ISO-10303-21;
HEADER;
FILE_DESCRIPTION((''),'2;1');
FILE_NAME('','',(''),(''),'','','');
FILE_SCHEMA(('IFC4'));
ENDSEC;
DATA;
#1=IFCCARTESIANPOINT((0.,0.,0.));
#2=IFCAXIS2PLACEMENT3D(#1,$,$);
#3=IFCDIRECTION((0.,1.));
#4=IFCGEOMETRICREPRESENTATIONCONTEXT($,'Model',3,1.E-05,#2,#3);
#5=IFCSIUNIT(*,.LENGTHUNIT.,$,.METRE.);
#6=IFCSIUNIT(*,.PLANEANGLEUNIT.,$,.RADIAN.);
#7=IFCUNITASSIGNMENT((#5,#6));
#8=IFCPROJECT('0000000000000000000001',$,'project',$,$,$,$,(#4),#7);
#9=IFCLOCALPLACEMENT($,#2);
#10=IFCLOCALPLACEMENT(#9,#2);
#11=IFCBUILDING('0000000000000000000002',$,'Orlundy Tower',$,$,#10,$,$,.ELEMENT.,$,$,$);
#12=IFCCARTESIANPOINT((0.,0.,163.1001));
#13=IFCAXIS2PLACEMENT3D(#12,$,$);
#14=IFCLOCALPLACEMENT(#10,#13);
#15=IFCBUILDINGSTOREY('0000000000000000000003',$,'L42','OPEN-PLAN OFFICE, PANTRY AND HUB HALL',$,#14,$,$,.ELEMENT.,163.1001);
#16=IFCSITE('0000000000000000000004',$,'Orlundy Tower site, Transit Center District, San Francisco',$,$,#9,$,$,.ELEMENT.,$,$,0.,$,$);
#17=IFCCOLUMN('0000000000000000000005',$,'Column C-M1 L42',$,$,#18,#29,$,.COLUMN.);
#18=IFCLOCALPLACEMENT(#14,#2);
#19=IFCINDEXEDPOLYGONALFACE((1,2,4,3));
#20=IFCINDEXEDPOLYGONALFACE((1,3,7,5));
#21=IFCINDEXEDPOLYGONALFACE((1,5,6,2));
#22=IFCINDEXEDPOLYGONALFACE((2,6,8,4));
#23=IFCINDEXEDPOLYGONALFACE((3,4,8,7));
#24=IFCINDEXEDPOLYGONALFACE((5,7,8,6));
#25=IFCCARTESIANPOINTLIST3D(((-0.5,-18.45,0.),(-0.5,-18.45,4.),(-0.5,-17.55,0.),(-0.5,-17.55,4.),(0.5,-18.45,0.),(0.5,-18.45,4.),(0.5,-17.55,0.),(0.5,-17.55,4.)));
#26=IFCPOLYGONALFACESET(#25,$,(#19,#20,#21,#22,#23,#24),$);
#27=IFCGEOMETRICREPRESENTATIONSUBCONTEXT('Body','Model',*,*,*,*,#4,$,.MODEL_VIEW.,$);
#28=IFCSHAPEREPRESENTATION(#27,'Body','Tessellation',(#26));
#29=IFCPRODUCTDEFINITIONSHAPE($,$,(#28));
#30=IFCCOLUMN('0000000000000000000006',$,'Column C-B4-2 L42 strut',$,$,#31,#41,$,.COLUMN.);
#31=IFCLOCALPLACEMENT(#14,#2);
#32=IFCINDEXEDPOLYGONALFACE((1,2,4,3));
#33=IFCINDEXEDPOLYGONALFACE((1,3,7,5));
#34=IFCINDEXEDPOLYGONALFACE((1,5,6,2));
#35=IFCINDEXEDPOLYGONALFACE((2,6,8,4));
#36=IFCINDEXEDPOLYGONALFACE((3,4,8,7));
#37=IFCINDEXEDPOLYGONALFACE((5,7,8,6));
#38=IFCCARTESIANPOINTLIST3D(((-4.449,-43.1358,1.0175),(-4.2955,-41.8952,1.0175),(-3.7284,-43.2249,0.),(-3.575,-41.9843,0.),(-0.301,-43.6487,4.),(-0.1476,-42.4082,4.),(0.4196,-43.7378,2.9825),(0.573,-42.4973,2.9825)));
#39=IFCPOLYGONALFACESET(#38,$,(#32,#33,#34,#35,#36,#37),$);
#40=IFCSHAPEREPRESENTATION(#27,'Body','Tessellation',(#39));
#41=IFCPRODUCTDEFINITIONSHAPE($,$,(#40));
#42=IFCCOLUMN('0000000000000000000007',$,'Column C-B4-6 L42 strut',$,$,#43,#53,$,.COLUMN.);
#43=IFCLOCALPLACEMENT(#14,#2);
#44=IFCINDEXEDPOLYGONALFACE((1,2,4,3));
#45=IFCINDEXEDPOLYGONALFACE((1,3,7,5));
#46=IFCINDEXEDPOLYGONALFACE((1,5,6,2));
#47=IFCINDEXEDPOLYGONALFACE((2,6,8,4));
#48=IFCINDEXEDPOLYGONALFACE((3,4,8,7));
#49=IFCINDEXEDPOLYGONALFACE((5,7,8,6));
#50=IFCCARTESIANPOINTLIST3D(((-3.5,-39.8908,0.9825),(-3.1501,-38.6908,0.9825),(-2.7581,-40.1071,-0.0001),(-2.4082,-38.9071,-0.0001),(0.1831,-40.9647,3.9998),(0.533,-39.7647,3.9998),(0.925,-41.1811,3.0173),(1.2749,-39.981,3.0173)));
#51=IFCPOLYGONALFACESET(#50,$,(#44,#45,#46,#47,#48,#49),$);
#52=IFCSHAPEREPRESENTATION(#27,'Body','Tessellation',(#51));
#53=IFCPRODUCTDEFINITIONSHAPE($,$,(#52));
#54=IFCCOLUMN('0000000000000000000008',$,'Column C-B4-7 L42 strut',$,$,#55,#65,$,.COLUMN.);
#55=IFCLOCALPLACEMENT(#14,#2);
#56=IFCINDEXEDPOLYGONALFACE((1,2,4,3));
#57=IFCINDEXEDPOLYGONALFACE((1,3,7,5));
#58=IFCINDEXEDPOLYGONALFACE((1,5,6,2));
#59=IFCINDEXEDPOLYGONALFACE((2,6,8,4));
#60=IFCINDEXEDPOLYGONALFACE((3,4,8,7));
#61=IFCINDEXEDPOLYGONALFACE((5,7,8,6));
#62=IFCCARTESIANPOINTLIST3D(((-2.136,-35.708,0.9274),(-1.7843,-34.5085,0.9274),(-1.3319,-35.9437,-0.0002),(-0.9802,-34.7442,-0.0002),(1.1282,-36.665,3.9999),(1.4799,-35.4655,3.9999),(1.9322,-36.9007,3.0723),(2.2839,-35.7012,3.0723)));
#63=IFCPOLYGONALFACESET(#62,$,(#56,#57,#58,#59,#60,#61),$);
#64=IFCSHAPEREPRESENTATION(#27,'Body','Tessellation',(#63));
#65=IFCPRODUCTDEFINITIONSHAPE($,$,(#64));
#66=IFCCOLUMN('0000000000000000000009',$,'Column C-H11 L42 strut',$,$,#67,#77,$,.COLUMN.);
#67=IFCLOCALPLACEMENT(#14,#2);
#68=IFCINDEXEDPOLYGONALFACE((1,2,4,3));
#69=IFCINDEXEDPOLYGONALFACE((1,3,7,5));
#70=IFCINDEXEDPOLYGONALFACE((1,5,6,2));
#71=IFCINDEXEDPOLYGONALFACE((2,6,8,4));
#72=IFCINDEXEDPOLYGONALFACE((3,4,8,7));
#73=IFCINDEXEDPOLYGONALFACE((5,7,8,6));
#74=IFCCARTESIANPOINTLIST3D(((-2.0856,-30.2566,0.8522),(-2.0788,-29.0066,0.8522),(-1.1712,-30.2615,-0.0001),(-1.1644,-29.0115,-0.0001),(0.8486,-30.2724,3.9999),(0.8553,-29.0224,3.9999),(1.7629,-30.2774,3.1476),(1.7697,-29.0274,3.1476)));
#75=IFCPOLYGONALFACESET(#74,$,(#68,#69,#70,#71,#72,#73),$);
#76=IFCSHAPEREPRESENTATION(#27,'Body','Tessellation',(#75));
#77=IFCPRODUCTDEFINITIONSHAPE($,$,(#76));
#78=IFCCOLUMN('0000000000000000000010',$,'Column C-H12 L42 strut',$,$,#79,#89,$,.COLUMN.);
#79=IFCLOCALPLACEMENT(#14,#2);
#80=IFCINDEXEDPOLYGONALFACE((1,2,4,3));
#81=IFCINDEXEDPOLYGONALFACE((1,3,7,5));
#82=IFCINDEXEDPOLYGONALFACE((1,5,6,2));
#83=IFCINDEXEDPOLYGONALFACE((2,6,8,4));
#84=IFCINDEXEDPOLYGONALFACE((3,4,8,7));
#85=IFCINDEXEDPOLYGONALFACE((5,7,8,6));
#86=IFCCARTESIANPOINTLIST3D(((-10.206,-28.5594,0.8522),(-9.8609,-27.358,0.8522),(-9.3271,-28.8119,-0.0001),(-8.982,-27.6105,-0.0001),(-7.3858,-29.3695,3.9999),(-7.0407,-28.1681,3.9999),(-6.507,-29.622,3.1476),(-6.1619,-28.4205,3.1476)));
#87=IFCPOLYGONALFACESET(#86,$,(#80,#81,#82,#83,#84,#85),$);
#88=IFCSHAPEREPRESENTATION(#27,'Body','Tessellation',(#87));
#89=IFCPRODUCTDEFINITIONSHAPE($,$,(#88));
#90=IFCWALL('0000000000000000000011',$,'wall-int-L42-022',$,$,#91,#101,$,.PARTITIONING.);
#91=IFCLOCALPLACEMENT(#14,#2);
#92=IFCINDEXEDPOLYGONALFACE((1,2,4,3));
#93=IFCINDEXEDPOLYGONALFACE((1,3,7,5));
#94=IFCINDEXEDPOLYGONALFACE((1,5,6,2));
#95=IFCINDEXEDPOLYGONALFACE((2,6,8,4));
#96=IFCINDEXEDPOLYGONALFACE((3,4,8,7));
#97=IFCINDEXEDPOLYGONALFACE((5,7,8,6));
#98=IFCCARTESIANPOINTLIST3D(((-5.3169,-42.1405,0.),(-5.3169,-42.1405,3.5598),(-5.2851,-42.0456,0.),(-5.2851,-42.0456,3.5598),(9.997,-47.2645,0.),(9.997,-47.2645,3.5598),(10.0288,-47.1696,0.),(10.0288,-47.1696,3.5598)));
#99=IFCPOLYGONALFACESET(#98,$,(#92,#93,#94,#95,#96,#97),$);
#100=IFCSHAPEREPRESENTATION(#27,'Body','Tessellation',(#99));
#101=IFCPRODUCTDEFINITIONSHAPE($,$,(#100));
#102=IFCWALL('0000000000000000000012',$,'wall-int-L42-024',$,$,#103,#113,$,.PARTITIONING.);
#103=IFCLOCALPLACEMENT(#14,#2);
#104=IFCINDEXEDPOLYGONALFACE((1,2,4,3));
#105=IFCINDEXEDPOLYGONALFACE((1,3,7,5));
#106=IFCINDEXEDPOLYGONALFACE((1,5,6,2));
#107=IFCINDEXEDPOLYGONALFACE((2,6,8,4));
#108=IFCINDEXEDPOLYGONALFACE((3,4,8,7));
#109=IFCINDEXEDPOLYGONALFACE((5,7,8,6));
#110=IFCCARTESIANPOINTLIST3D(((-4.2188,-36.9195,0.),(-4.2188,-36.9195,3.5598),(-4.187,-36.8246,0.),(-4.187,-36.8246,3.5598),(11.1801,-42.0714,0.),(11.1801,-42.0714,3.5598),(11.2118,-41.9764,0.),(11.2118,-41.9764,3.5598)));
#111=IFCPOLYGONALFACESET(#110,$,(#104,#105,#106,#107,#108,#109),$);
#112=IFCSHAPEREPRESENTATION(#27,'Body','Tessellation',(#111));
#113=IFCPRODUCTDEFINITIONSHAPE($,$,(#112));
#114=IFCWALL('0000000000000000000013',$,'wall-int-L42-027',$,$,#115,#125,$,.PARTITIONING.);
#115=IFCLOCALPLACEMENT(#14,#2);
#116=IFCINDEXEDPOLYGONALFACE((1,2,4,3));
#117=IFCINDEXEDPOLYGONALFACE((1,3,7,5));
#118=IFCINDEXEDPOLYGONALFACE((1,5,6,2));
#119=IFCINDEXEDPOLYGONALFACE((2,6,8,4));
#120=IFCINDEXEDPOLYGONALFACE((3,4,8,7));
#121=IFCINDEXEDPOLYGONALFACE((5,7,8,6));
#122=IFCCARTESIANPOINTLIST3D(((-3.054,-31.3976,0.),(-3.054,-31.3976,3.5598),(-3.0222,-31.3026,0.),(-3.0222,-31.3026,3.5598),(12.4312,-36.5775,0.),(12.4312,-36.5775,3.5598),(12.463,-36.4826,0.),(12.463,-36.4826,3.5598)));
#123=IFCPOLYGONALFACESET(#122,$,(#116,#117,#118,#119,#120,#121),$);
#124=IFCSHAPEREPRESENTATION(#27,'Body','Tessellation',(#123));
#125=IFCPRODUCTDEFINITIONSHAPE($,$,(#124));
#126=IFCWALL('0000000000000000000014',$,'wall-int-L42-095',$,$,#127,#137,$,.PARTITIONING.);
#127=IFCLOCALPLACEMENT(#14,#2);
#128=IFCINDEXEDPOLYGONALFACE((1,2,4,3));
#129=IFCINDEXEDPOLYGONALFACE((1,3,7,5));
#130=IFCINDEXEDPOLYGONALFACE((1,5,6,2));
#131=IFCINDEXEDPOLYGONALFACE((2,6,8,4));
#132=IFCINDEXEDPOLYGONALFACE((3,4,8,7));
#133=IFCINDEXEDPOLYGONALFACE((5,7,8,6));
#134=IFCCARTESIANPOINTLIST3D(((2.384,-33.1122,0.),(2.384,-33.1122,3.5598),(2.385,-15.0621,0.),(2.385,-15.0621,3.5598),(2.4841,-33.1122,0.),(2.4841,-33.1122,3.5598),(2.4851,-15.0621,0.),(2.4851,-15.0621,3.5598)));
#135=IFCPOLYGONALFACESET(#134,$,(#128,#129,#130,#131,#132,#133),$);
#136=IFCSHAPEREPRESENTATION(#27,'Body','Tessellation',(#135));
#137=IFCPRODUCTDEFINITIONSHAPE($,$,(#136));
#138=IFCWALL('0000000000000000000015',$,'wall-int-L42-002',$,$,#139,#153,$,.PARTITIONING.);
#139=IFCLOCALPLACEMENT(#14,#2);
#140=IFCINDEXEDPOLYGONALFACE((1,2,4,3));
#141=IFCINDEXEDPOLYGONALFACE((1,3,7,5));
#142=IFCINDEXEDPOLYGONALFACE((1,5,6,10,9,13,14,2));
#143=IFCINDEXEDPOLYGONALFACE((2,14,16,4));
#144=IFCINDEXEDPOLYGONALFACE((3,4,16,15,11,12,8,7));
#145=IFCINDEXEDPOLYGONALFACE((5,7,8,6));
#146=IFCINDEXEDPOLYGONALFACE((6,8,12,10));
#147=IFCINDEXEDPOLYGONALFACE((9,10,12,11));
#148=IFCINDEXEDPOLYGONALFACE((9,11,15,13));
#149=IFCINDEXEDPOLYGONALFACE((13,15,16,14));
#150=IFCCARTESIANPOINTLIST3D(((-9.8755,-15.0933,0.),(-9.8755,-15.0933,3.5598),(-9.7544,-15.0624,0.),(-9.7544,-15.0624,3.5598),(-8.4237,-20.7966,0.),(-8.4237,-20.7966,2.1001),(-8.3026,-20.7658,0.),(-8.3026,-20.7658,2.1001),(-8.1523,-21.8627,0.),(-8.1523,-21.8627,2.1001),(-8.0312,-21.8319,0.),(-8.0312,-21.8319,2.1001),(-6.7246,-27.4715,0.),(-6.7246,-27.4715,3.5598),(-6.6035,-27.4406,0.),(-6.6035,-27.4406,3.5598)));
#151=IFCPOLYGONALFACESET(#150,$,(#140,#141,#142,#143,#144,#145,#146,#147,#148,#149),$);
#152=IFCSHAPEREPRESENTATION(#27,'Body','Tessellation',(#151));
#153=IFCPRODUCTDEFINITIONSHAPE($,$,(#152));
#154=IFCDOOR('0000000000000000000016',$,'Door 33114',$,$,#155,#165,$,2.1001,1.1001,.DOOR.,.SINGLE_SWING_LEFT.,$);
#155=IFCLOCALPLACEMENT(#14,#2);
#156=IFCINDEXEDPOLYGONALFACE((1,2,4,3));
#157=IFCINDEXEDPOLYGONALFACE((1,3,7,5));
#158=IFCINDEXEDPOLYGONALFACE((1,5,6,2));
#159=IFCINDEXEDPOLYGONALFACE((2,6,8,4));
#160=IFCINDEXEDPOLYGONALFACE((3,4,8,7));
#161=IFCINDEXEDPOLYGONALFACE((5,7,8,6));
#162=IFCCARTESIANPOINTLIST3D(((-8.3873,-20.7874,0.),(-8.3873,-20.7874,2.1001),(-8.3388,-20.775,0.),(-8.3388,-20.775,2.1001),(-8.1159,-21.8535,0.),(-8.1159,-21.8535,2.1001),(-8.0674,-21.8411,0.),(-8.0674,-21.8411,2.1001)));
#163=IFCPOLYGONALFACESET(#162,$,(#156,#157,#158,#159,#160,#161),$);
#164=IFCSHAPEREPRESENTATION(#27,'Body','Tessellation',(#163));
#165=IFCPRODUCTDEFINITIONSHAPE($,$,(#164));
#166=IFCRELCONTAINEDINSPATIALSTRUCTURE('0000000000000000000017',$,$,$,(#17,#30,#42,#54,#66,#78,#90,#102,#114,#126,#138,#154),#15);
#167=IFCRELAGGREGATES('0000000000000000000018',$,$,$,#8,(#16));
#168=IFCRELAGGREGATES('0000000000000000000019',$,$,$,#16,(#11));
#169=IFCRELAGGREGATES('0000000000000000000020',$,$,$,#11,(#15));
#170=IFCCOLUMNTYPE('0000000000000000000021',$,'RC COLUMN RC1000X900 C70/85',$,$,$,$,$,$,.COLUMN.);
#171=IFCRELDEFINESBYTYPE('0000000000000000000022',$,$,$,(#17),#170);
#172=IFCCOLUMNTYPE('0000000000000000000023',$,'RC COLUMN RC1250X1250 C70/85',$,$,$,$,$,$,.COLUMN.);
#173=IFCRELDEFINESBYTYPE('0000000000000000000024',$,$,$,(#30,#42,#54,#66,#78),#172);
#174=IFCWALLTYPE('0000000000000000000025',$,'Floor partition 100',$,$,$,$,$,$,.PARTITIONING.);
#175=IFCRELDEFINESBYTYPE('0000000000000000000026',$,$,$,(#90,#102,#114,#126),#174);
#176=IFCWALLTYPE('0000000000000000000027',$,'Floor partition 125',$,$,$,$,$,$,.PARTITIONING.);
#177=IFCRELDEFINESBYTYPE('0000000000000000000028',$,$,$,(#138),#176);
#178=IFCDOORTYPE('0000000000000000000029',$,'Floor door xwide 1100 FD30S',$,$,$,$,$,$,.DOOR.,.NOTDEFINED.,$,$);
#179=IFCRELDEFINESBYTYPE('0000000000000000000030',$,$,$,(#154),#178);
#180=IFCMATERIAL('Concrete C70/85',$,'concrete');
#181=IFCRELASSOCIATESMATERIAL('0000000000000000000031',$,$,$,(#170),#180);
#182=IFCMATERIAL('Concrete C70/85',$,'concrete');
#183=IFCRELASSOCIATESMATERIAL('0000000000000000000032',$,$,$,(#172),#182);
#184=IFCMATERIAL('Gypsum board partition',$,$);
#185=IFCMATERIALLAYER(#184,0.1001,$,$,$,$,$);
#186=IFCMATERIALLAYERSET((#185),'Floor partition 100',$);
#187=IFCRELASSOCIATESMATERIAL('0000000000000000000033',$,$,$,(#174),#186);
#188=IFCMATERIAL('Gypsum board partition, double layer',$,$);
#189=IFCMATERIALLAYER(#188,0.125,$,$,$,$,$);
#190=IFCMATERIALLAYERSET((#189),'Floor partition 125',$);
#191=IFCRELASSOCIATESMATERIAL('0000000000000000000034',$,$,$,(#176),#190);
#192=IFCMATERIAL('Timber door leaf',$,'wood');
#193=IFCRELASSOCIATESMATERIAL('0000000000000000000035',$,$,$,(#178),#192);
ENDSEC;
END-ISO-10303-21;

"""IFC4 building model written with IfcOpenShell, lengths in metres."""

from ifc_helpers import new_model, si_unit, direction, frame, frame_2d, origin, origin_2d, place, context, subcontext, project, spatial, rectangle, extrude, material, layer, layer_set, material_profile, profile_set, type_object, element, fill, save


model = new_model("IFC4")

# Units and contexts
model_context = context("Model", 3, precision=1e-05, world=origin(), true_north=direction((0.0, 1.0)))
body_context = subcontext(model_context, "Body", "Model", "MODEL_VIEW")
ifc_project = project(units=[si_unit("LENGTHUNIT", "METRE"), si_unit("PLANEANGLEUNIT", "RADIAN")], contexts=[model_context])

# Site, building, storey
site_placement = place(None, origin())
site = spatial("IfcSite", under=ifc_project, at=site_placement, Name="Orlundy Tower site, Transit Center District, San Francisco", CompositionType="ELEMENT", RefElevation=0.0)
building_placement = place(site_placement, origin())
building = spatial("IfcBuilding", under=site, at=building_placement, Name="Orlundy Tower", CompositionType="ELEMENT")
storey_placement = place(building_placement, frame((0.0, 0.0, 163.1001)))
storey = spatial("IfcBuildingStorey", under=building, at=storey_placement, Name="L42", Description="OPEN-PLAN OFFICE, PANTRY AND HUB HALL", CompositionType="ELEMENT", Elevation=163.1001)

# Columns
ifc_material_1 = material(Name="Concrete C70/85", Category="concrete")
ifc_material_profile_1 = material_profile(ifc_material_1, rectangle(XDim=1.0, YDim=0.8999, at=origin_2d()), Name="RC1000X900")
ifc_profile_set_1 = profile_set([ifc_material_profile_1], Name="Concrete C70/85")
column_type_1 = type_object("IfcColumnType", Name="RC COLUMN RC1000X900 C70/85", PredefinedType="COLUMN", material=ifc_profile_set_1)
column_1_placement = place(storey_placement, frame((0.0, -18.0, 0.0), z_axis=(0.0, 0.0, 1.0), x_axis=(1.0, 0.0, 0.0)))
element("IfcColumn", 1, at=column_1_placement, inside=storey, type_object=column_type_1, Name="Column C-M1 L42", PredefinedType="COLUMN", context=body_context, shape_type="SweptSolid", body=[
    extrude(rectangle(XDim=1.0, YDim=0.8999, at=origin_2d()), origin(), (0.0, 0.0, 1.0), 4.0),
])
ifc_material_2 = material(Name="Concrete C70/85", Category="concrete")
ifc_material_profile_2 = material_profile(ifc_material_2, rectangle(XDim=1.25, YDim=1.25, at=origin_2d()), Name="RC1250X1250")
ifc_profile_set_2 = profile_set([ifc_material_profile_2], Name="Concrete C70/85")
column_type_2 = type_object("IfcColumnType", Name="RC COLUMN RC1250X1250 C70/85", PredefinedType="COLUMN", material=ifc_profile_set_2)
column_2_placement = place(storey_placement, frame((-4.012, -42.5601, 0.5088), z_axis=(0.807853, -0.0999, 0.580856), x_axis=(0.122726, 0.992441, 0.0)))
element("IfcColumn", 2, at=column_2_placement, inside=storey, type_object=column_type_2, Name="Column C-B4-2 L42 strut", PredefinedType="COLUMN", context=body_context, shape_type="SweptSolid", body=[
    extrude(rectangle(XDim=1.25, YDim=1.25, at=origin_2d()), origin(), (0.0, 0.0, 1.0), 5.1345),
])
column_3_placement = place(storey_placement, frame((-2.9541, -39.3989, 0.4912), z_axis=(0.754599, -0.220037, 0.618195), x_axis=(0.279936, 0.960019, 0.0)))
element("IfcColumn", 3, at=column_3_placement, inside=storey, type_object=column_type_2, Name="Column C-B4-6 L42 strut", PredefinedType="COLUMN", context=body_context, shape_type="SweptSolid", body=[
    extrude(rectangle(XDim=1.25, YDim=1.25, at=origin_2d()), origin(), (0.0, 0.0, 1.0), 4.8809),
])
column_4_placement = place(storey_placement, frame((-1.5581, -35.2261, 0.4636), z_axis=(0.712112, -0.208787, 0.670302), x_axis=(0.28135, 0.959605, 0.0)))
element("IfcColumn", 4, at=column_4_placement, inside=storey, type_object=column_type_2, Name="Column C-B4-7 L42 strut", PredefinedType="COLUMN", context=body_context, shape_type="SweptSolid", body=[
    extrude(rectangle(XDim=1.25, YDim=1.25, at=origin_2d()), origin(), (0.0, 0.0, 1.0), 4.5837),
])
for number, where, z_axis, x_axis, name in (
    (5, (-1.625, -29.634, 0.426), (0.681844, -0.003688, 0.731488), (0.005408, 0.999985, 0.0), "Column C-H11 L42 strut"),
    (6, (-9.594, -28.085, 0.426), (0.655351, -0.188248, 0.73149), (0.276084, 0.961134, 0.0), "Column C-H12 L42 strut"),
):
    element("IfcColumn", number, at=place(storey_placement, frame(where, z_axis=z_axis, x_axis=x_axis)), inside=storey, type_object=column_type_2, Name=name, PredefinedType="COLUMN", context=body_context, shape_type="SweptSolid", body=[
        extrude(rectangle(XDim=1.25, YDim=1.25, at=origin_2d()), origin(), (0.0, 0.0, 1.0), 4.3032),
    ])

# Walls
ifc_material_3 = material(Name="Gypsum board partition")
ifc_layer_1 = layer(ifc_material_3, 0.1001)
ifc_layer_set_1 = layer_set([ifc_layer_1], Name="Floor partition 100")
wall_type_1 = type_object("IfcWallType", Name="Floor partition 100", PredefinedType="PARTITIONING", material=ifc_layer_set_1)
wall_1_placement = place(storey_placement, frame((-5.301, -42.093, 0.0), z_axis=(0.0, 0.0, 1.0), x_axis=(0.948323, -0.317307, 0.0)))
element("IfcWall", 7, at=wall_1_placement, inside=storey, type_object=wall_type_1, Name="wall-int-L42-022", PredefinedType="PARTITIONING", context=body_context, shape_type="SweptSolid", body=[
    extrude(rectangle(XDim=16.1484, YDim=0.1001, at=frame_2d((8.0742, 0.0))), origin(), (0.0, 0.0, 1.0), 3.5598),
])
wall_2_placement = place(storey_placement, frame((-4.2029, -36.8721, 0.0), z_axis=(0.0, 0.0, 1.0), x_axis=(0.948334, -0.317274, 0.0)))
element("IfcWall", 8, at=wall_2_placement, inside=storey, type_object=wall_type_1, Name="wall-int-L42-024", PredefinedType="PARTITIONING", context=body_context, shape_type="SweptSolid", body=[
    extrude(rectangle(XDim=16.2378, YDim=0.1001, at=frame_2d((8.1189, 0.0))), origin(), (0.0, 0.0, 1.0), 3.5598),
])
wall_3_placement = place(storey_placement, frame((-3.0381, -31.3501, 0.0), z_axis=(0.0, 0.0, 1.0), x_axis=(0.948348, -0.317232, 0.0)))
element("IfcWall", 9, at=wall_3_placement, inside=storey, type_object=wall_type_1, Name="wall-int-L42-027", PredefinedType="PARTITIONING", context=body_context, shape_type="SweptSolid", body=[
    extrude(rectangle(XDim=16.3286, YDim=0.1001, at=frame_2d((8.1643, 0.0))), origin(), (0.0, 0.0, 1.0), 3.5598),
])
wall_4_placement = place(storey_placement, frame((2.4341, -33.1121, 0.0), z_axis=(0.0, 0.0, 1.0), x_axis=(0.000054, 1.0, 0.0)))
element("IfcWall", 10, at=wall_4_placement, inside=storey, type_object=wall_type_1, Name="wall-int-L42-095", PredefinedType="PARTITIONING", context=body_context, shape_type="SweptSolid", body=[
    extrude(rectangle(XDim=18.05, YDim=0.1001, at=frame_2d((9.0249, 0.0))), origin(), (0.0, 0.0, 1.0), 3.5598),
])

# Wall, opening, door
ifc_material_4 = material(Name="Gypsum board partition, double layer")
ifc_layer_2 = layer(ifc_material_4, 0.125)
ifc_layer_set_2 = layer_set([ifc_layer_2], Name="Floor partition 125")
wall_type_2 = type_object("IfcWallType", Name="Floor partition 125", PredefinedType="PARTITIONING", material=ifc_layer_set_2)
wall_5_placement = place(storey_placement, frame((-6.6641, -27.4561, 0.0), z_axis=(0.0, 0.0, 1.0), x_axis=(-0.246685, 0.969096, 0.0)))
wall_5 = element("IfcWall", 11, at=wall_5_placement, inside=storey, type_object=wall_type_2, Name="wall-int-L42-002", PredefinedType="PARTITIONING", context=body_context, shape_type="SweptSolid", body=[
    extrude(rectangle(XDim=12.7729, YDim=0.125, at=frame_2d((6.3865, 0.0))), origin(), (0.0, 0.0, 1.0), 3.5598),
])
opening_1_placement = place(wall_5_placement, frame((5.7876, 0.0, 0.0)))
opening_1 = element("IfcOpeningElement", 12, at=opening_1_placement, cuts=wall_5, PredefinedType="OPENING", context=body_context, shape_type="SweptSolid", body=[
    extrude(rectangle(XDim=1.1001, YDim=2.1001, at=frame_2d((0.55, 1.05))), frame((0.0, 0.0725, 0.0), z_axis=(0.0, -1.0, 0.0), x_axis=(1.0, 0.0, 0.0)), (0.0, 0.0, 1.0), 0.145),
])
ifc_material_5 = material(Name="Timber door leaf", Category="wood")
door_type_1 = type_object("IfcDoorType", Name="Floor door xwide 1100 FD30S", OperationType="NOTDEFINED", PredefinedType="DOOR", material=ifc_material_5)
door_1_placement = place(opening_1_placement, origin())
door_1 = element("IfcDoor", 13, at=door_1_placement, inside=storey, type_object=door_type_1, Name="Door 33114", OperationType="SINGLE_SWING_LEFT", OverallHeight=2.1001, OverallWidth=1.1001, PredefinedType="DOOR", context=body_context, shape_type="SweptSolid", body=[
    extrude(rectangle(XDim=1.1001, YDim=2.1001, at=frame_2d((0.55, 1.05))), frame((0.0, 0.0249, 0.0), z_axis=(0.0, -1.0, 0.0), x_axis=(1.0, 0.0, 0.0)), (0.0, 0.0, 1.0), 0.05),
])
fill(opening_1, door_1)

save(model, "model.ifc")
